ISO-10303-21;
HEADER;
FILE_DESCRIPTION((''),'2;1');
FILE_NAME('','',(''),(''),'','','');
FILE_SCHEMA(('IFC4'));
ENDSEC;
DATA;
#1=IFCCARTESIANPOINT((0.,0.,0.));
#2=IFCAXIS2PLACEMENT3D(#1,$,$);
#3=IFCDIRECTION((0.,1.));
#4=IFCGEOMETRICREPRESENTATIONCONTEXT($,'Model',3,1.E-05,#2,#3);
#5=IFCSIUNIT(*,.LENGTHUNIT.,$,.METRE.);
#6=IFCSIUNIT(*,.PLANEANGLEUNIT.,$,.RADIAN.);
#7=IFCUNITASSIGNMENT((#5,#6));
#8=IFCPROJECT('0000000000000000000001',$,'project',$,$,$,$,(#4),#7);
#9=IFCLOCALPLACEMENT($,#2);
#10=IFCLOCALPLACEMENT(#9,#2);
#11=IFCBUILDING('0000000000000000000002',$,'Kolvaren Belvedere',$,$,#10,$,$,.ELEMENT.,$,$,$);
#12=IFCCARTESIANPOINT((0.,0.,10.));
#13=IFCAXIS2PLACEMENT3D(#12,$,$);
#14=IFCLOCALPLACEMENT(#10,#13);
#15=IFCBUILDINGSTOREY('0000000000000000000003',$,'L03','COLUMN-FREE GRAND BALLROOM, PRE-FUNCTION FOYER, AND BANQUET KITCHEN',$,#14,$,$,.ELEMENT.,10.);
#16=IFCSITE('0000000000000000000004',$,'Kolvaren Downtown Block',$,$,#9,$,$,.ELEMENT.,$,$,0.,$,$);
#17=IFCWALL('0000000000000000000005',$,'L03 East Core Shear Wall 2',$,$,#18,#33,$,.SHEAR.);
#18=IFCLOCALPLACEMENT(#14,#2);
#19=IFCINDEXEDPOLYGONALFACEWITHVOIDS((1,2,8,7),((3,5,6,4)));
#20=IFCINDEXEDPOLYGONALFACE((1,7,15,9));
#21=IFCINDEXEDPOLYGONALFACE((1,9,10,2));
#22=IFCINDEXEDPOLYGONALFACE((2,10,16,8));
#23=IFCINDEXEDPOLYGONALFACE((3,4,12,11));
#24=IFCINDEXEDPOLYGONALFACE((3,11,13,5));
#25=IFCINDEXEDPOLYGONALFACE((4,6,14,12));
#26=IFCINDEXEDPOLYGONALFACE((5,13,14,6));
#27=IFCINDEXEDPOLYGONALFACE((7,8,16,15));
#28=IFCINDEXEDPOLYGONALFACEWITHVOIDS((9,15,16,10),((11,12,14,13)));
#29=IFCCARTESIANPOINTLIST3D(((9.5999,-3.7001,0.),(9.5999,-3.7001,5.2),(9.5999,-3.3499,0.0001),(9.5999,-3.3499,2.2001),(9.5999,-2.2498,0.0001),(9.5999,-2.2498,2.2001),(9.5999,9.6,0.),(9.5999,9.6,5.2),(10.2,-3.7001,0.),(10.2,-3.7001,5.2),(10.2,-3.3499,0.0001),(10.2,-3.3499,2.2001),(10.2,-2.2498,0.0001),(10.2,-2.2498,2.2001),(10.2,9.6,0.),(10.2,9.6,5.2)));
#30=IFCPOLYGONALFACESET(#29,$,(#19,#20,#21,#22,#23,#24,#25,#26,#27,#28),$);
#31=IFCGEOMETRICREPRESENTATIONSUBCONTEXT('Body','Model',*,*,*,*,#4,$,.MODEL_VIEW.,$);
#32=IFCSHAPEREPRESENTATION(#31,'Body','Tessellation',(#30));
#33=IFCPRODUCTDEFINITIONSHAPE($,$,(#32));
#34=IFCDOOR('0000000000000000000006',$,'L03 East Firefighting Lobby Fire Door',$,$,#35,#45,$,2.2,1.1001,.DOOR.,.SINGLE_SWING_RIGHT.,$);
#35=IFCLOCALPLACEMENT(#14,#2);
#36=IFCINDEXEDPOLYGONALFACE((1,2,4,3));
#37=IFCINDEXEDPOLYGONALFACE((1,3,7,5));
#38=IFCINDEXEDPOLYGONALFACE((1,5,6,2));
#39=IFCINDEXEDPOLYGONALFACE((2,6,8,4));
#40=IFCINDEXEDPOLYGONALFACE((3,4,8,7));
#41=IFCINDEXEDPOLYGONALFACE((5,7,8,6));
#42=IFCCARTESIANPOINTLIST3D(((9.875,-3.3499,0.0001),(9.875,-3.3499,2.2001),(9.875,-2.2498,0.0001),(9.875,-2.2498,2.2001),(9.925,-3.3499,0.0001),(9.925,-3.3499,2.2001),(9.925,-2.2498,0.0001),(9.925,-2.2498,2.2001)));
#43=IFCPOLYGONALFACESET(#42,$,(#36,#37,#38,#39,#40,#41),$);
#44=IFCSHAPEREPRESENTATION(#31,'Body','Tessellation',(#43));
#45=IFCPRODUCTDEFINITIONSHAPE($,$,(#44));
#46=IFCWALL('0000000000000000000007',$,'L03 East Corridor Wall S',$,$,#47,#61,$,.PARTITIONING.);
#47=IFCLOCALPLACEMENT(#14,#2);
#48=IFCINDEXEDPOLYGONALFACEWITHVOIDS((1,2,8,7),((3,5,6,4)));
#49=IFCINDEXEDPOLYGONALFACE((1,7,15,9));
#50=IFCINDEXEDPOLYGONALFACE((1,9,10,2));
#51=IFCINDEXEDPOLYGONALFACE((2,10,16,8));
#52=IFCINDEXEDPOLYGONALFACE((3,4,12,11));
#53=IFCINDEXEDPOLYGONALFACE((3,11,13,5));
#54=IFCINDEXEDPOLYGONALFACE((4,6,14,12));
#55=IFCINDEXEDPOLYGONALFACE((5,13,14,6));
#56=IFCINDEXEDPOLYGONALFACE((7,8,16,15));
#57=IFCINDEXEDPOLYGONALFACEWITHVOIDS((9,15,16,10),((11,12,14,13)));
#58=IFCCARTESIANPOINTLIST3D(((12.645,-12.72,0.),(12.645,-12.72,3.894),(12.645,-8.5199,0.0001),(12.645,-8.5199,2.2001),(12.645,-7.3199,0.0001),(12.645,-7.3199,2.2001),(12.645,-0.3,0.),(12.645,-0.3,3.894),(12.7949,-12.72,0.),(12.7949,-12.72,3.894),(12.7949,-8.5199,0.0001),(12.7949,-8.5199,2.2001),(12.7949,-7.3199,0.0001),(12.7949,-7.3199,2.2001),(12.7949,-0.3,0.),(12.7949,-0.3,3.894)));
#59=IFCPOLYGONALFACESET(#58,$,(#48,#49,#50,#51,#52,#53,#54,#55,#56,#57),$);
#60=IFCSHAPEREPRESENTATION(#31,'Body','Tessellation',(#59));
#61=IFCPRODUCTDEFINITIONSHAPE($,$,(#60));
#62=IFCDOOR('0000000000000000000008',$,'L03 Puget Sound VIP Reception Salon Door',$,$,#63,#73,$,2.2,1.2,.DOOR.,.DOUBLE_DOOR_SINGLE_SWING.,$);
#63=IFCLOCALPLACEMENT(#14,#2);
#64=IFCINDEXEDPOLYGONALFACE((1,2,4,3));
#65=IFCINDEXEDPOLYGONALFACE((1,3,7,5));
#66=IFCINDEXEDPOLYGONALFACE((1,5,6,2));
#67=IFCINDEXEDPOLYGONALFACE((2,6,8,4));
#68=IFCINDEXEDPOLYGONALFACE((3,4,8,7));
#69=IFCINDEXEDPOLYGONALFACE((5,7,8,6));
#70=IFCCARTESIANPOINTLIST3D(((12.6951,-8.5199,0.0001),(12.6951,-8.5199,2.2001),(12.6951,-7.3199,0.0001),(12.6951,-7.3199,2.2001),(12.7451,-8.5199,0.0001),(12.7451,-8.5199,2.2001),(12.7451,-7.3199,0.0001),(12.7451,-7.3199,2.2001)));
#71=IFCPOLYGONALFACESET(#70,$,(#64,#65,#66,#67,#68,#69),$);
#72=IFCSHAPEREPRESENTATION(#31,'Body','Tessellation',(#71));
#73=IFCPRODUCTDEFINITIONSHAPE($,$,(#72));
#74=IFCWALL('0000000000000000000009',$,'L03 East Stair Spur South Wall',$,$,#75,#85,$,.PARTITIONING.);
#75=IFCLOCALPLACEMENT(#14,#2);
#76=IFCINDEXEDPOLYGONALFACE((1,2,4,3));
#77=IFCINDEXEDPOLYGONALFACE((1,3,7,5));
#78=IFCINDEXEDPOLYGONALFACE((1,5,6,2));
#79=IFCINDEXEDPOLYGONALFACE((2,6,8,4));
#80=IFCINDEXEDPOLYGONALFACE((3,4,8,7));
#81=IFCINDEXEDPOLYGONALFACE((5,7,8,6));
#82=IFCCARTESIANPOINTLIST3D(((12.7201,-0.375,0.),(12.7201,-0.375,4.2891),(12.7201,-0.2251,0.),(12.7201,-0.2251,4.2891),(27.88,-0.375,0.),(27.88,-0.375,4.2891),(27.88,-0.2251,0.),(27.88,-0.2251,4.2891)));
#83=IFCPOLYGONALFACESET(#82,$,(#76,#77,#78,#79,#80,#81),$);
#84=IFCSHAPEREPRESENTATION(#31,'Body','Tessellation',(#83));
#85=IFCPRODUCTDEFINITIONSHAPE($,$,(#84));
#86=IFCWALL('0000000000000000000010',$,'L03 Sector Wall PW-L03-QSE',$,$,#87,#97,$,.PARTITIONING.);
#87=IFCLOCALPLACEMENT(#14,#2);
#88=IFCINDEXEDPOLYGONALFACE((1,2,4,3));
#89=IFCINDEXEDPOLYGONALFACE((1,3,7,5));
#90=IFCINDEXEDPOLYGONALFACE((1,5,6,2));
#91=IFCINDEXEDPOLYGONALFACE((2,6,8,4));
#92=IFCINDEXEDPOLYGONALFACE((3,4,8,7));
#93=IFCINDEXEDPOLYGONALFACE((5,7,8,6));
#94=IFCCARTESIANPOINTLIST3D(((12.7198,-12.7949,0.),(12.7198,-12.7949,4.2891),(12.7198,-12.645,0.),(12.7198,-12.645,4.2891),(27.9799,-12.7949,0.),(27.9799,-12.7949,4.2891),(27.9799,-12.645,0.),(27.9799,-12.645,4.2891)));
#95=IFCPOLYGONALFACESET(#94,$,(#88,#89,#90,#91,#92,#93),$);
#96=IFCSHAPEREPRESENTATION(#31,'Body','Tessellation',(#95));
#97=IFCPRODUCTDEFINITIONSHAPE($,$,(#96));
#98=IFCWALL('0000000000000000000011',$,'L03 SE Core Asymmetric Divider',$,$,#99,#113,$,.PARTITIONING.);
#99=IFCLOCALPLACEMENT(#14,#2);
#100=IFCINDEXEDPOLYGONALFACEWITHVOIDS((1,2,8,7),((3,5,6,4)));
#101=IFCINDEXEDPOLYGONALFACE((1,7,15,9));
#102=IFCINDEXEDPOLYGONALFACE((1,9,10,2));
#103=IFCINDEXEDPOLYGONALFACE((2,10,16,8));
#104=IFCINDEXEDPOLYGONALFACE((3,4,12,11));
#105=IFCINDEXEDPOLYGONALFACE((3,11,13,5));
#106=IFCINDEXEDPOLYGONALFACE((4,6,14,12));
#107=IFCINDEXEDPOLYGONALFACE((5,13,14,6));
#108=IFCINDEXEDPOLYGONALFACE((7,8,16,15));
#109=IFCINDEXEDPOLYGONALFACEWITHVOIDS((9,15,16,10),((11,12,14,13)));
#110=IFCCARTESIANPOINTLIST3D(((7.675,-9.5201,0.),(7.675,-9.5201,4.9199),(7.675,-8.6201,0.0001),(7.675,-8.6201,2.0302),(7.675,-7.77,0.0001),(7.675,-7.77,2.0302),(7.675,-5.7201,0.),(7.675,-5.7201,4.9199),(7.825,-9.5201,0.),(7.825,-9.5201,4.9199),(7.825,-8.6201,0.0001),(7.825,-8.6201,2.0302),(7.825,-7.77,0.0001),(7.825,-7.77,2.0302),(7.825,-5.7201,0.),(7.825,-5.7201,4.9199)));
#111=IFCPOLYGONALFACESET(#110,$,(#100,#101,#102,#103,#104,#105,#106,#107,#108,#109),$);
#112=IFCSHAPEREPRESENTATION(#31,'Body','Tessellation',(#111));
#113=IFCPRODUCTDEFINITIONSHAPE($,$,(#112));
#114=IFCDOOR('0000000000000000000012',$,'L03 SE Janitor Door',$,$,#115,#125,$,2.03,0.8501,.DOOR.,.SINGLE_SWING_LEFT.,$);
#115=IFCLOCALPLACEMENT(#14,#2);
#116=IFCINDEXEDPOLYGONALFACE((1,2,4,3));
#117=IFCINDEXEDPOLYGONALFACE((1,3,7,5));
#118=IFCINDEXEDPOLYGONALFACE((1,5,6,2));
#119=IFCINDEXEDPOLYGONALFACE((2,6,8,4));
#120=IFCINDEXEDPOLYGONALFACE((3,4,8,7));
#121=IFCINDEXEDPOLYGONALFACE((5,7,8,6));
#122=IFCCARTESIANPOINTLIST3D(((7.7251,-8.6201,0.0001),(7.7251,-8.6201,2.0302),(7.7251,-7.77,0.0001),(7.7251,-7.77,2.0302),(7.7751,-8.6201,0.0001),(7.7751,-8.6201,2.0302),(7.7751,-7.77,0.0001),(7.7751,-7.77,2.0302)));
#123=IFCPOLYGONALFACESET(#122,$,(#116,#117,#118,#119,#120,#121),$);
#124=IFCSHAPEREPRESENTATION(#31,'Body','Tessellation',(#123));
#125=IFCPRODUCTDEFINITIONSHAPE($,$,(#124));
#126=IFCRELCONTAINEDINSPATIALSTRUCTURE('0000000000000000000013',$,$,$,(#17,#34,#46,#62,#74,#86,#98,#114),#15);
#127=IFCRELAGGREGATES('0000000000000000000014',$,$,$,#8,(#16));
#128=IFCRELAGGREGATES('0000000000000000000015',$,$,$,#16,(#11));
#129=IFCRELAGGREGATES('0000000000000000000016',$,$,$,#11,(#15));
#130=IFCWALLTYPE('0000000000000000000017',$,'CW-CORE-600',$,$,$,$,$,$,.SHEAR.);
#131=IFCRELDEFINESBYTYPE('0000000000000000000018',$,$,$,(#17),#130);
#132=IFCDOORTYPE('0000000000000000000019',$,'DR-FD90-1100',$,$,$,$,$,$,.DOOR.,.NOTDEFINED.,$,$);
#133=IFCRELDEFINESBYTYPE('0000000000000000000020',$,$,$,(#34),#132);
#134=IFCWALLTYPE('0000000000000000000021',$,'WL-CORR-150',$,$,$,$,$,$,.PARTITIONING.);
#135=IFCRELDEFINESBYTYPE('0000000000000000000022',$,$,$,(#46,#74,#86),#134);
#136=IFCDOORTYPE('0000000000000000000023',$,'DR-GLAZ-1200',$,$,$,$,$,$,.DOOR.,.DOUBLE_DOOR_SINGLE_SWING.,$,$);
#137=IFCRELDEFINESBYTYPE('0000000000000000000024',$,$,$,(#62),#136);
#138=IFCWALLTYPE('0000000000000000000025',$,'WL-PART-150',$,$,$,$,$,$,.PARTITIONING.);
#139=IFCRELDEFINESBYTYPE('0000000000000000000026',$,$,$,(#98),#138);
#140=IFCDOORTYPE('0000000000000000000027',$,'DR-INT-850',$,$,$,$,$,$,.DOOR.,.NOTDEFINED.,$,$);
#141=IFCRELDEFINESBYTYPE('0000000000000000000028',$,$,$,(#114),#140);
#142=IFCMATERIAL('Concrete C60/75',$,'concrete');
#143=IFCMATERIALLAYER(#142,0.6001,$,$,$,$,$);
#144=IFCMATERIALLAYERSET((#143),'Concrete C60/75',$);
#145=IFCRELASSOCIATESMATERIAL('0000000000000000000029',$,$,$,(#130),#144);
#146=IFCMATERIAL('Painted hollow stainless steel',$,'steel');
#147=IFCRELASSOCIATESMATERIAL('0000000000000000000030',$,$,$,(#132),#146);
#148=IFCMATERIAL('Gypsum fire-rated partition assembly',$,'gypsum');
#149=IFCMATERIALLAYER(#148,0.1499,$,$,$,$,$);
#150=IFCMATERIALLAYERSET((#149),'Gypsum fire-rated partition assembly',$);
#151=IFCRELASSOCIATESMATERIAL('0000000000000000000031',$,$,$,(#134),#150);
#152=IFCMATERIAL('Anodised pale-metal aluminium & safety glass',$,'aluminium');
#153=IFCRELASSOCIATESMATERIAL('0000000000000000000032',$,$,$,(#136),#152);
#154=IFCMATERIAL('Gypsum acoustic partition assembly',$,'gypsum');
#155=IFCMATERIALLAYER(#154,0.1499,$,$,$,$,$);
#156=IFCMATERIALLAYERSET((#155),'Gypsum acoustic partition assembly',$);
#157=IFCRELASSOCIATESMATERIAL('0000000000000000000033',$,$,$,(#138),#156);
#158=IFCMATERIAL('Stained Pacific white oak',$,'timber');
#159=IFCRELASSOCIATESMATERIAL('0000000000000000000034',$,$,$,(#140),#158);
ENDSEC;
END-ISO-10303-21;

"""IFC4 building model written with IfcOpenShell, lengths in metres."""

from ifc_helpers import new_model, si_unit, direction, frame, frame_2d, origin, place, context, subcontext, project, spatial, rectangle, extrude, material, layer, layer_set, type_object, element, fill, save


model = new_model("IFC4")

# Units and contexts
model_context = context("Model", 3, precision=1e-05, world=origin(), true_north=direction((0.0, 1.0)))
body_context = subcontext(model_context, "Body", "Model", "MODEL_VIEW")
ifc_project = project(units=[si_unit("LENGTHUNIT", "METRE"), si_unit("PLANEANGLEUNIT", "RADIAN")], contexts=[model_context])

# Site, building, storey
site_placement = place(None, origin())
site = spatial("IfcSite", under=ifc_project, at=site_placement, Name="Kolvaren Downtown Block", CompositionType="ELEMENT", RefElevation=0.0)
building_placement = place(site_placement, origin())
building = spatial("IfcBuilding", under=site, at=building_placement, Name="Kolvaren Belvedere", CompositionType="ELEMENT")
storey_placement = place(building_placement, frame((0.0, 0.0, 10.0)))
storey = spatial("IfcBuildingStorey", under=building, at=storey_placement, Name="L03", Description="COLUMN-FREE GRAND BALLROOM, PRE-FUNCTION FOYER, AND BANQUET KITCHEN", CompositionType="ELEMENT", Elevation=10.0)

# Shared definitions
ifc_material_1 = material(Name="Concrete C60/75", Category="concrete")
ifc_layer_1 = layer(ifc_material_1, 0.6001)
ifc_layer_set_1 = layer_set([ifc_layer_1], Name="Concrete C60/75")
wall_type_1 = type_object("IfcWallType", Name="CW-CORE-600", PredefinedType="SHEAR", material=ifc_layer_set_1)

# Walls, openings, doors
wall_1_placement = place(storey_placement, frame((9.8999, -3.7, 0.0), z_axis=(0.0, 0.0, 1.0), x_axis=(0.0, 1.0, 0.0)))
wall_1 = element("IfcWall", 1, at=wall_1_placement, inside=storey, type_object=wall_type_1, Name="L03 East Core Shear Wall 2", PredefinedType="SHEAR", context=body_context, shape_type="SweptSolid", body=[
    extrude(rectangle(XDim=13.3, YDim=0.6001, at=frame_2d((6.6499, 0.0))), origin(), (0.0, 0.0, 1.0), 5.2),
])
opening_1_placement = place(wall_1_placement, frame((0.3501, 0.0, 0.0)))
opening_1 = element("IfcOpeningElement", 2, at=opening_1_placement, cuts=wall_1, PredefinedType="OPENING", context=body_context, shape_type="SweptSolid", body=[
    extrude(rectangle(XDim=1.1001, YDim=2.2, at=frame_2d((0.55, 1.1001))), frame((0.0, 0.3101, 0.0), z_axis=(0.0, -1.0, 0.0), x_axis=(1.0, 0.0, 0.0)), (0.0, 0.0, 1.0), 0.6201),
])
ifc_material_2 = material(Name="Painted hollow stainless steel", Category="steel")
door_type_1 = type_object("IfcDoorType", Name="DR-FD90-1100", OperationType="NOTDEFINED", PredefinedType="DOOR", material=ifc_material_2)
door_1_placement = place(opening_1_placement, origin())
door_1 = element("IfcDoor", 3, at=door_1_placement, inside=storey, type_object=door_type_1, Name="L03 East Firefighting Lobby Fire Door", OperationType="SINGLE_SWING_RIGHT", OverallHeight=2.2, OverallWidth=1.1001, PredefinedType="DOOR", context=body_context, shape_type="SweptSolid", body=[
    extrude(rectangle(XDim=1.1001, YDim=2.2, at=frame_2d((0.55, 1.1001))), frame((0.0, 0.0249, 0.0), z_axis=(0.0, -1.0, 0.0), x_axis=(1.0, 0.0, 0.0)), (0.0, 0.0, 1.0), 0.05),
])
fill(opening_1, door_1)
ifc_material_3 = material(Name="Gypsum fire-rated partition assembly", Category="gypsum")
ifc_layer_2 = layer(ifc_material_3, 0.1499)
ifc_layer_set_2 = layer_set([ifc_layer_2], Name="Gypsum fire-rated partition assembly")
wall_type_2 = type_object("IfcWallType", Name="WL-CORR-150", PredefinedType="PARTITIONING", material=ifc_layer_set_2)
wall_2_placement = place(storey_placement, frame((12.72, -12.72, 0.0), z_axis=(0.0, 0.0, 1.0), x_axis=(0.0, 1.0, 0.0)))
wall_2 = element("IfcWall", 4, at=wall_2_placement, inside=storey, type_object=wall_type_2, Name="L03 East Corridor Wall S", PredefinedType="PARTITIONING", context=body_context, shape_type="SweptSolid", body=[
    extrude(rectangle(XDim=12.4199, YDim=0.1499, at=frame_2d((6.21, 0.0))), origin(), (0.0, 0.0, 1.0), 3.894),
])
opening_2_placement = place(wall_2_placement, frame((4.2, 0.0, 0.0)))
opening_2 = element("IfcOpeningElement", 5, at=opening_2_placement, cuts=wall_2, PredefinedType="OPENING", context=body_context, shape_type="SweptSolid", body=[
    extrude(rectangle(XDim=1.2, YDim=2.2, at=frame_2d((0.6001, 1.1001))), frame((0.0, 0.085, 0.0), z_axis=(0.0, -1.0, 0.0), x_axis=(1.0, 0.0, 0.0)), (0.0, 0.0, 1.0), 0.1699),
])
ifc_material_4 = material(Name="Anodised pale-metal aluminium & safety glass", Category="aluminium")
door_type_2 = type_object("IfcDoorType", Name="DR-GLAZ-1200", OperationType="DOUBLE_DOOR_SINGLE_SWING", PredefinedType="DOOR", material=ifc_material_4)
door_2_placement = place(opening_2_placement, origin())
door_2 = element("IfcDoor", 6, at=door_2_placement, inside=storey, type_object=door_type_2, Name="L03 Puget Sound VIP Reception Salon Door", OperationType="DOUBLE_DOOR_SINGLE_SWING", OverallHeight=2.2, OverallWidth=1.2, PredefinedType="DOOR", context=body_context, shape_type="SweptSolid", body=[
    extrude(rectangle(XDim=1.2, YDim=2.2, at=frame_2d((0.6001, 1.1001))), frame((0.0, 0.0249, 0.0), z_axis=(0.0, -1.0, 0.0), x_axis=(1.0, 0.0, 0.0)), (0.0, 0.0, 1.0), 0.05),
])
fill(opening_2, door_2)

# Walls
wall_3_placement = place(storey_placement, frame((12.72, -0.3, 0.0), z_axis=(0.0, 0.0, 1.0), x_axis=(1.0, 0.0, 0.0)))
element("IfcWall", 7, at=wall_3_placement, inside=storey, type_object=wall_type_2, Name="L03 East Stair Spur South Wall", PredefinedType="PARTITIONING", context=body_context, shape_type="SweptSolid", body=[
    extrude(rectangle(XDim=15.1599, YDim=0.1499, at=frame_2d((7.5801, 0.0))), origin(), (0.0, 0.0, 1.0), 4.2891),
])
wall_4_placement = place(storey_placement, frame((12.72, -12.72, 0.0), z_axis=(0.0, 0.0, 1.0), x_axis=(1.0, 0.0, 0.0)))
element("IfcWall", 8, at=wall_4_placement, inside=storey, type_object=wall_type_2, Name="L03 Sector Wall PW-L03-QSE", PredefinedType="PARTITIONING", context=body_context, shape_type="SweptSolid", body=[
    extrude(rectangle(XDim=15.26, YDim=0.1499, at=frame_2d((7.6299, 0.0))), origin(), (0.0, 0.0, 1.0), 4.2891),
])

# Wall, opening, door
ifc_material_5 = material(Name="Gypsum acoustic partition assembly", Category="gypsum")
ifc_layer_3 = layer(ifc_material_5, 0.1499)
ifc_layer_set_3 = layer_set([ifc_layer_3], Name="Gypsum acoustic partition assembly")
wall_type_3 = type_object("IfcWallType", Name="WL-PART-150", PredefinedType="PARTITIONING", material=ifc_layer_set_3)
wall_5_placement = place(storey_placement, frame((7.75, -9.52, 0.0), z_axis=(0.0, 0.0, 1.0), x_axis=(0.0, 1.0, 0.0)))
wall_5 = element("IfcWall", 9, at=wall_5_placement, inside=storey, type_object=wall_type_3, Name="L03 SE Core Asymmetric Divider", PredefinedType="PARTITIONING", context=body_context, shape_type="SweptSolid", body=[
    extrude(rectangle(XDim=3.8, YDim=0.1499, at=frame_2d((1.8999, 0.0))), origin(), (0.0, 0.0, 1.0), 4.9199),
])
opening_3_placement = place(wall_5_placement, frame((0.8999, 0.0, 0.0)))
opening_3 = element("IfcOpeningElement", 10, at=opening_3_placement, cuts=wall_5, PredefinedType="OPENING", context=body_context, shape_type="SweptSolid", body=[
    extrude(rectangle(XDim=0.8501, YDim=2.03, at=frame_2d((0.425, 1.0151))), frame((0.0, 0.085, 0.0), z_axis=(0.0, -1.0, 0.0), x_axis=(1.0, 0.0, 0.0)), (0.0, 0.0, 1.0), 0.1699),
])
ifc_material_6 = material(Name="Stained Pacific white oak", Category="timber")
door_type_3 = type_object("IfcDoorType", Name="DR-INT-850", OperationType="NOTDEFINED", PredefinedType="DOOR", material=ifc_material_6)
door_3_placement = place(opening_3_placement, origin())
door_3 = element("IfcDoor", 11, at=door_3_placement, inside=storey, type_object=door_type_3, Name="L03 SE Janitor Door", OperationType="SINGLE_SWING_LEFT", OverallHeight=2.03, OverallWidth=0.8501, PredefinedType="DOOR", context=body_context, shape_type="SweptSolid", body=[
    extrude(rectangle(XDim=0.8501, YDim=2.03, at=frame_2d((0.425, 1.0151))), frame((0.0, 0.0249, 0.0), z_axis=(0.0, -1.0, 0.0), x_axis=(1.0, 0.0, 0.0)), (0.0, 0.0, 1.0), 0.05),
])
fill(opening_3, door_3)

save(model, "model.ifc")
